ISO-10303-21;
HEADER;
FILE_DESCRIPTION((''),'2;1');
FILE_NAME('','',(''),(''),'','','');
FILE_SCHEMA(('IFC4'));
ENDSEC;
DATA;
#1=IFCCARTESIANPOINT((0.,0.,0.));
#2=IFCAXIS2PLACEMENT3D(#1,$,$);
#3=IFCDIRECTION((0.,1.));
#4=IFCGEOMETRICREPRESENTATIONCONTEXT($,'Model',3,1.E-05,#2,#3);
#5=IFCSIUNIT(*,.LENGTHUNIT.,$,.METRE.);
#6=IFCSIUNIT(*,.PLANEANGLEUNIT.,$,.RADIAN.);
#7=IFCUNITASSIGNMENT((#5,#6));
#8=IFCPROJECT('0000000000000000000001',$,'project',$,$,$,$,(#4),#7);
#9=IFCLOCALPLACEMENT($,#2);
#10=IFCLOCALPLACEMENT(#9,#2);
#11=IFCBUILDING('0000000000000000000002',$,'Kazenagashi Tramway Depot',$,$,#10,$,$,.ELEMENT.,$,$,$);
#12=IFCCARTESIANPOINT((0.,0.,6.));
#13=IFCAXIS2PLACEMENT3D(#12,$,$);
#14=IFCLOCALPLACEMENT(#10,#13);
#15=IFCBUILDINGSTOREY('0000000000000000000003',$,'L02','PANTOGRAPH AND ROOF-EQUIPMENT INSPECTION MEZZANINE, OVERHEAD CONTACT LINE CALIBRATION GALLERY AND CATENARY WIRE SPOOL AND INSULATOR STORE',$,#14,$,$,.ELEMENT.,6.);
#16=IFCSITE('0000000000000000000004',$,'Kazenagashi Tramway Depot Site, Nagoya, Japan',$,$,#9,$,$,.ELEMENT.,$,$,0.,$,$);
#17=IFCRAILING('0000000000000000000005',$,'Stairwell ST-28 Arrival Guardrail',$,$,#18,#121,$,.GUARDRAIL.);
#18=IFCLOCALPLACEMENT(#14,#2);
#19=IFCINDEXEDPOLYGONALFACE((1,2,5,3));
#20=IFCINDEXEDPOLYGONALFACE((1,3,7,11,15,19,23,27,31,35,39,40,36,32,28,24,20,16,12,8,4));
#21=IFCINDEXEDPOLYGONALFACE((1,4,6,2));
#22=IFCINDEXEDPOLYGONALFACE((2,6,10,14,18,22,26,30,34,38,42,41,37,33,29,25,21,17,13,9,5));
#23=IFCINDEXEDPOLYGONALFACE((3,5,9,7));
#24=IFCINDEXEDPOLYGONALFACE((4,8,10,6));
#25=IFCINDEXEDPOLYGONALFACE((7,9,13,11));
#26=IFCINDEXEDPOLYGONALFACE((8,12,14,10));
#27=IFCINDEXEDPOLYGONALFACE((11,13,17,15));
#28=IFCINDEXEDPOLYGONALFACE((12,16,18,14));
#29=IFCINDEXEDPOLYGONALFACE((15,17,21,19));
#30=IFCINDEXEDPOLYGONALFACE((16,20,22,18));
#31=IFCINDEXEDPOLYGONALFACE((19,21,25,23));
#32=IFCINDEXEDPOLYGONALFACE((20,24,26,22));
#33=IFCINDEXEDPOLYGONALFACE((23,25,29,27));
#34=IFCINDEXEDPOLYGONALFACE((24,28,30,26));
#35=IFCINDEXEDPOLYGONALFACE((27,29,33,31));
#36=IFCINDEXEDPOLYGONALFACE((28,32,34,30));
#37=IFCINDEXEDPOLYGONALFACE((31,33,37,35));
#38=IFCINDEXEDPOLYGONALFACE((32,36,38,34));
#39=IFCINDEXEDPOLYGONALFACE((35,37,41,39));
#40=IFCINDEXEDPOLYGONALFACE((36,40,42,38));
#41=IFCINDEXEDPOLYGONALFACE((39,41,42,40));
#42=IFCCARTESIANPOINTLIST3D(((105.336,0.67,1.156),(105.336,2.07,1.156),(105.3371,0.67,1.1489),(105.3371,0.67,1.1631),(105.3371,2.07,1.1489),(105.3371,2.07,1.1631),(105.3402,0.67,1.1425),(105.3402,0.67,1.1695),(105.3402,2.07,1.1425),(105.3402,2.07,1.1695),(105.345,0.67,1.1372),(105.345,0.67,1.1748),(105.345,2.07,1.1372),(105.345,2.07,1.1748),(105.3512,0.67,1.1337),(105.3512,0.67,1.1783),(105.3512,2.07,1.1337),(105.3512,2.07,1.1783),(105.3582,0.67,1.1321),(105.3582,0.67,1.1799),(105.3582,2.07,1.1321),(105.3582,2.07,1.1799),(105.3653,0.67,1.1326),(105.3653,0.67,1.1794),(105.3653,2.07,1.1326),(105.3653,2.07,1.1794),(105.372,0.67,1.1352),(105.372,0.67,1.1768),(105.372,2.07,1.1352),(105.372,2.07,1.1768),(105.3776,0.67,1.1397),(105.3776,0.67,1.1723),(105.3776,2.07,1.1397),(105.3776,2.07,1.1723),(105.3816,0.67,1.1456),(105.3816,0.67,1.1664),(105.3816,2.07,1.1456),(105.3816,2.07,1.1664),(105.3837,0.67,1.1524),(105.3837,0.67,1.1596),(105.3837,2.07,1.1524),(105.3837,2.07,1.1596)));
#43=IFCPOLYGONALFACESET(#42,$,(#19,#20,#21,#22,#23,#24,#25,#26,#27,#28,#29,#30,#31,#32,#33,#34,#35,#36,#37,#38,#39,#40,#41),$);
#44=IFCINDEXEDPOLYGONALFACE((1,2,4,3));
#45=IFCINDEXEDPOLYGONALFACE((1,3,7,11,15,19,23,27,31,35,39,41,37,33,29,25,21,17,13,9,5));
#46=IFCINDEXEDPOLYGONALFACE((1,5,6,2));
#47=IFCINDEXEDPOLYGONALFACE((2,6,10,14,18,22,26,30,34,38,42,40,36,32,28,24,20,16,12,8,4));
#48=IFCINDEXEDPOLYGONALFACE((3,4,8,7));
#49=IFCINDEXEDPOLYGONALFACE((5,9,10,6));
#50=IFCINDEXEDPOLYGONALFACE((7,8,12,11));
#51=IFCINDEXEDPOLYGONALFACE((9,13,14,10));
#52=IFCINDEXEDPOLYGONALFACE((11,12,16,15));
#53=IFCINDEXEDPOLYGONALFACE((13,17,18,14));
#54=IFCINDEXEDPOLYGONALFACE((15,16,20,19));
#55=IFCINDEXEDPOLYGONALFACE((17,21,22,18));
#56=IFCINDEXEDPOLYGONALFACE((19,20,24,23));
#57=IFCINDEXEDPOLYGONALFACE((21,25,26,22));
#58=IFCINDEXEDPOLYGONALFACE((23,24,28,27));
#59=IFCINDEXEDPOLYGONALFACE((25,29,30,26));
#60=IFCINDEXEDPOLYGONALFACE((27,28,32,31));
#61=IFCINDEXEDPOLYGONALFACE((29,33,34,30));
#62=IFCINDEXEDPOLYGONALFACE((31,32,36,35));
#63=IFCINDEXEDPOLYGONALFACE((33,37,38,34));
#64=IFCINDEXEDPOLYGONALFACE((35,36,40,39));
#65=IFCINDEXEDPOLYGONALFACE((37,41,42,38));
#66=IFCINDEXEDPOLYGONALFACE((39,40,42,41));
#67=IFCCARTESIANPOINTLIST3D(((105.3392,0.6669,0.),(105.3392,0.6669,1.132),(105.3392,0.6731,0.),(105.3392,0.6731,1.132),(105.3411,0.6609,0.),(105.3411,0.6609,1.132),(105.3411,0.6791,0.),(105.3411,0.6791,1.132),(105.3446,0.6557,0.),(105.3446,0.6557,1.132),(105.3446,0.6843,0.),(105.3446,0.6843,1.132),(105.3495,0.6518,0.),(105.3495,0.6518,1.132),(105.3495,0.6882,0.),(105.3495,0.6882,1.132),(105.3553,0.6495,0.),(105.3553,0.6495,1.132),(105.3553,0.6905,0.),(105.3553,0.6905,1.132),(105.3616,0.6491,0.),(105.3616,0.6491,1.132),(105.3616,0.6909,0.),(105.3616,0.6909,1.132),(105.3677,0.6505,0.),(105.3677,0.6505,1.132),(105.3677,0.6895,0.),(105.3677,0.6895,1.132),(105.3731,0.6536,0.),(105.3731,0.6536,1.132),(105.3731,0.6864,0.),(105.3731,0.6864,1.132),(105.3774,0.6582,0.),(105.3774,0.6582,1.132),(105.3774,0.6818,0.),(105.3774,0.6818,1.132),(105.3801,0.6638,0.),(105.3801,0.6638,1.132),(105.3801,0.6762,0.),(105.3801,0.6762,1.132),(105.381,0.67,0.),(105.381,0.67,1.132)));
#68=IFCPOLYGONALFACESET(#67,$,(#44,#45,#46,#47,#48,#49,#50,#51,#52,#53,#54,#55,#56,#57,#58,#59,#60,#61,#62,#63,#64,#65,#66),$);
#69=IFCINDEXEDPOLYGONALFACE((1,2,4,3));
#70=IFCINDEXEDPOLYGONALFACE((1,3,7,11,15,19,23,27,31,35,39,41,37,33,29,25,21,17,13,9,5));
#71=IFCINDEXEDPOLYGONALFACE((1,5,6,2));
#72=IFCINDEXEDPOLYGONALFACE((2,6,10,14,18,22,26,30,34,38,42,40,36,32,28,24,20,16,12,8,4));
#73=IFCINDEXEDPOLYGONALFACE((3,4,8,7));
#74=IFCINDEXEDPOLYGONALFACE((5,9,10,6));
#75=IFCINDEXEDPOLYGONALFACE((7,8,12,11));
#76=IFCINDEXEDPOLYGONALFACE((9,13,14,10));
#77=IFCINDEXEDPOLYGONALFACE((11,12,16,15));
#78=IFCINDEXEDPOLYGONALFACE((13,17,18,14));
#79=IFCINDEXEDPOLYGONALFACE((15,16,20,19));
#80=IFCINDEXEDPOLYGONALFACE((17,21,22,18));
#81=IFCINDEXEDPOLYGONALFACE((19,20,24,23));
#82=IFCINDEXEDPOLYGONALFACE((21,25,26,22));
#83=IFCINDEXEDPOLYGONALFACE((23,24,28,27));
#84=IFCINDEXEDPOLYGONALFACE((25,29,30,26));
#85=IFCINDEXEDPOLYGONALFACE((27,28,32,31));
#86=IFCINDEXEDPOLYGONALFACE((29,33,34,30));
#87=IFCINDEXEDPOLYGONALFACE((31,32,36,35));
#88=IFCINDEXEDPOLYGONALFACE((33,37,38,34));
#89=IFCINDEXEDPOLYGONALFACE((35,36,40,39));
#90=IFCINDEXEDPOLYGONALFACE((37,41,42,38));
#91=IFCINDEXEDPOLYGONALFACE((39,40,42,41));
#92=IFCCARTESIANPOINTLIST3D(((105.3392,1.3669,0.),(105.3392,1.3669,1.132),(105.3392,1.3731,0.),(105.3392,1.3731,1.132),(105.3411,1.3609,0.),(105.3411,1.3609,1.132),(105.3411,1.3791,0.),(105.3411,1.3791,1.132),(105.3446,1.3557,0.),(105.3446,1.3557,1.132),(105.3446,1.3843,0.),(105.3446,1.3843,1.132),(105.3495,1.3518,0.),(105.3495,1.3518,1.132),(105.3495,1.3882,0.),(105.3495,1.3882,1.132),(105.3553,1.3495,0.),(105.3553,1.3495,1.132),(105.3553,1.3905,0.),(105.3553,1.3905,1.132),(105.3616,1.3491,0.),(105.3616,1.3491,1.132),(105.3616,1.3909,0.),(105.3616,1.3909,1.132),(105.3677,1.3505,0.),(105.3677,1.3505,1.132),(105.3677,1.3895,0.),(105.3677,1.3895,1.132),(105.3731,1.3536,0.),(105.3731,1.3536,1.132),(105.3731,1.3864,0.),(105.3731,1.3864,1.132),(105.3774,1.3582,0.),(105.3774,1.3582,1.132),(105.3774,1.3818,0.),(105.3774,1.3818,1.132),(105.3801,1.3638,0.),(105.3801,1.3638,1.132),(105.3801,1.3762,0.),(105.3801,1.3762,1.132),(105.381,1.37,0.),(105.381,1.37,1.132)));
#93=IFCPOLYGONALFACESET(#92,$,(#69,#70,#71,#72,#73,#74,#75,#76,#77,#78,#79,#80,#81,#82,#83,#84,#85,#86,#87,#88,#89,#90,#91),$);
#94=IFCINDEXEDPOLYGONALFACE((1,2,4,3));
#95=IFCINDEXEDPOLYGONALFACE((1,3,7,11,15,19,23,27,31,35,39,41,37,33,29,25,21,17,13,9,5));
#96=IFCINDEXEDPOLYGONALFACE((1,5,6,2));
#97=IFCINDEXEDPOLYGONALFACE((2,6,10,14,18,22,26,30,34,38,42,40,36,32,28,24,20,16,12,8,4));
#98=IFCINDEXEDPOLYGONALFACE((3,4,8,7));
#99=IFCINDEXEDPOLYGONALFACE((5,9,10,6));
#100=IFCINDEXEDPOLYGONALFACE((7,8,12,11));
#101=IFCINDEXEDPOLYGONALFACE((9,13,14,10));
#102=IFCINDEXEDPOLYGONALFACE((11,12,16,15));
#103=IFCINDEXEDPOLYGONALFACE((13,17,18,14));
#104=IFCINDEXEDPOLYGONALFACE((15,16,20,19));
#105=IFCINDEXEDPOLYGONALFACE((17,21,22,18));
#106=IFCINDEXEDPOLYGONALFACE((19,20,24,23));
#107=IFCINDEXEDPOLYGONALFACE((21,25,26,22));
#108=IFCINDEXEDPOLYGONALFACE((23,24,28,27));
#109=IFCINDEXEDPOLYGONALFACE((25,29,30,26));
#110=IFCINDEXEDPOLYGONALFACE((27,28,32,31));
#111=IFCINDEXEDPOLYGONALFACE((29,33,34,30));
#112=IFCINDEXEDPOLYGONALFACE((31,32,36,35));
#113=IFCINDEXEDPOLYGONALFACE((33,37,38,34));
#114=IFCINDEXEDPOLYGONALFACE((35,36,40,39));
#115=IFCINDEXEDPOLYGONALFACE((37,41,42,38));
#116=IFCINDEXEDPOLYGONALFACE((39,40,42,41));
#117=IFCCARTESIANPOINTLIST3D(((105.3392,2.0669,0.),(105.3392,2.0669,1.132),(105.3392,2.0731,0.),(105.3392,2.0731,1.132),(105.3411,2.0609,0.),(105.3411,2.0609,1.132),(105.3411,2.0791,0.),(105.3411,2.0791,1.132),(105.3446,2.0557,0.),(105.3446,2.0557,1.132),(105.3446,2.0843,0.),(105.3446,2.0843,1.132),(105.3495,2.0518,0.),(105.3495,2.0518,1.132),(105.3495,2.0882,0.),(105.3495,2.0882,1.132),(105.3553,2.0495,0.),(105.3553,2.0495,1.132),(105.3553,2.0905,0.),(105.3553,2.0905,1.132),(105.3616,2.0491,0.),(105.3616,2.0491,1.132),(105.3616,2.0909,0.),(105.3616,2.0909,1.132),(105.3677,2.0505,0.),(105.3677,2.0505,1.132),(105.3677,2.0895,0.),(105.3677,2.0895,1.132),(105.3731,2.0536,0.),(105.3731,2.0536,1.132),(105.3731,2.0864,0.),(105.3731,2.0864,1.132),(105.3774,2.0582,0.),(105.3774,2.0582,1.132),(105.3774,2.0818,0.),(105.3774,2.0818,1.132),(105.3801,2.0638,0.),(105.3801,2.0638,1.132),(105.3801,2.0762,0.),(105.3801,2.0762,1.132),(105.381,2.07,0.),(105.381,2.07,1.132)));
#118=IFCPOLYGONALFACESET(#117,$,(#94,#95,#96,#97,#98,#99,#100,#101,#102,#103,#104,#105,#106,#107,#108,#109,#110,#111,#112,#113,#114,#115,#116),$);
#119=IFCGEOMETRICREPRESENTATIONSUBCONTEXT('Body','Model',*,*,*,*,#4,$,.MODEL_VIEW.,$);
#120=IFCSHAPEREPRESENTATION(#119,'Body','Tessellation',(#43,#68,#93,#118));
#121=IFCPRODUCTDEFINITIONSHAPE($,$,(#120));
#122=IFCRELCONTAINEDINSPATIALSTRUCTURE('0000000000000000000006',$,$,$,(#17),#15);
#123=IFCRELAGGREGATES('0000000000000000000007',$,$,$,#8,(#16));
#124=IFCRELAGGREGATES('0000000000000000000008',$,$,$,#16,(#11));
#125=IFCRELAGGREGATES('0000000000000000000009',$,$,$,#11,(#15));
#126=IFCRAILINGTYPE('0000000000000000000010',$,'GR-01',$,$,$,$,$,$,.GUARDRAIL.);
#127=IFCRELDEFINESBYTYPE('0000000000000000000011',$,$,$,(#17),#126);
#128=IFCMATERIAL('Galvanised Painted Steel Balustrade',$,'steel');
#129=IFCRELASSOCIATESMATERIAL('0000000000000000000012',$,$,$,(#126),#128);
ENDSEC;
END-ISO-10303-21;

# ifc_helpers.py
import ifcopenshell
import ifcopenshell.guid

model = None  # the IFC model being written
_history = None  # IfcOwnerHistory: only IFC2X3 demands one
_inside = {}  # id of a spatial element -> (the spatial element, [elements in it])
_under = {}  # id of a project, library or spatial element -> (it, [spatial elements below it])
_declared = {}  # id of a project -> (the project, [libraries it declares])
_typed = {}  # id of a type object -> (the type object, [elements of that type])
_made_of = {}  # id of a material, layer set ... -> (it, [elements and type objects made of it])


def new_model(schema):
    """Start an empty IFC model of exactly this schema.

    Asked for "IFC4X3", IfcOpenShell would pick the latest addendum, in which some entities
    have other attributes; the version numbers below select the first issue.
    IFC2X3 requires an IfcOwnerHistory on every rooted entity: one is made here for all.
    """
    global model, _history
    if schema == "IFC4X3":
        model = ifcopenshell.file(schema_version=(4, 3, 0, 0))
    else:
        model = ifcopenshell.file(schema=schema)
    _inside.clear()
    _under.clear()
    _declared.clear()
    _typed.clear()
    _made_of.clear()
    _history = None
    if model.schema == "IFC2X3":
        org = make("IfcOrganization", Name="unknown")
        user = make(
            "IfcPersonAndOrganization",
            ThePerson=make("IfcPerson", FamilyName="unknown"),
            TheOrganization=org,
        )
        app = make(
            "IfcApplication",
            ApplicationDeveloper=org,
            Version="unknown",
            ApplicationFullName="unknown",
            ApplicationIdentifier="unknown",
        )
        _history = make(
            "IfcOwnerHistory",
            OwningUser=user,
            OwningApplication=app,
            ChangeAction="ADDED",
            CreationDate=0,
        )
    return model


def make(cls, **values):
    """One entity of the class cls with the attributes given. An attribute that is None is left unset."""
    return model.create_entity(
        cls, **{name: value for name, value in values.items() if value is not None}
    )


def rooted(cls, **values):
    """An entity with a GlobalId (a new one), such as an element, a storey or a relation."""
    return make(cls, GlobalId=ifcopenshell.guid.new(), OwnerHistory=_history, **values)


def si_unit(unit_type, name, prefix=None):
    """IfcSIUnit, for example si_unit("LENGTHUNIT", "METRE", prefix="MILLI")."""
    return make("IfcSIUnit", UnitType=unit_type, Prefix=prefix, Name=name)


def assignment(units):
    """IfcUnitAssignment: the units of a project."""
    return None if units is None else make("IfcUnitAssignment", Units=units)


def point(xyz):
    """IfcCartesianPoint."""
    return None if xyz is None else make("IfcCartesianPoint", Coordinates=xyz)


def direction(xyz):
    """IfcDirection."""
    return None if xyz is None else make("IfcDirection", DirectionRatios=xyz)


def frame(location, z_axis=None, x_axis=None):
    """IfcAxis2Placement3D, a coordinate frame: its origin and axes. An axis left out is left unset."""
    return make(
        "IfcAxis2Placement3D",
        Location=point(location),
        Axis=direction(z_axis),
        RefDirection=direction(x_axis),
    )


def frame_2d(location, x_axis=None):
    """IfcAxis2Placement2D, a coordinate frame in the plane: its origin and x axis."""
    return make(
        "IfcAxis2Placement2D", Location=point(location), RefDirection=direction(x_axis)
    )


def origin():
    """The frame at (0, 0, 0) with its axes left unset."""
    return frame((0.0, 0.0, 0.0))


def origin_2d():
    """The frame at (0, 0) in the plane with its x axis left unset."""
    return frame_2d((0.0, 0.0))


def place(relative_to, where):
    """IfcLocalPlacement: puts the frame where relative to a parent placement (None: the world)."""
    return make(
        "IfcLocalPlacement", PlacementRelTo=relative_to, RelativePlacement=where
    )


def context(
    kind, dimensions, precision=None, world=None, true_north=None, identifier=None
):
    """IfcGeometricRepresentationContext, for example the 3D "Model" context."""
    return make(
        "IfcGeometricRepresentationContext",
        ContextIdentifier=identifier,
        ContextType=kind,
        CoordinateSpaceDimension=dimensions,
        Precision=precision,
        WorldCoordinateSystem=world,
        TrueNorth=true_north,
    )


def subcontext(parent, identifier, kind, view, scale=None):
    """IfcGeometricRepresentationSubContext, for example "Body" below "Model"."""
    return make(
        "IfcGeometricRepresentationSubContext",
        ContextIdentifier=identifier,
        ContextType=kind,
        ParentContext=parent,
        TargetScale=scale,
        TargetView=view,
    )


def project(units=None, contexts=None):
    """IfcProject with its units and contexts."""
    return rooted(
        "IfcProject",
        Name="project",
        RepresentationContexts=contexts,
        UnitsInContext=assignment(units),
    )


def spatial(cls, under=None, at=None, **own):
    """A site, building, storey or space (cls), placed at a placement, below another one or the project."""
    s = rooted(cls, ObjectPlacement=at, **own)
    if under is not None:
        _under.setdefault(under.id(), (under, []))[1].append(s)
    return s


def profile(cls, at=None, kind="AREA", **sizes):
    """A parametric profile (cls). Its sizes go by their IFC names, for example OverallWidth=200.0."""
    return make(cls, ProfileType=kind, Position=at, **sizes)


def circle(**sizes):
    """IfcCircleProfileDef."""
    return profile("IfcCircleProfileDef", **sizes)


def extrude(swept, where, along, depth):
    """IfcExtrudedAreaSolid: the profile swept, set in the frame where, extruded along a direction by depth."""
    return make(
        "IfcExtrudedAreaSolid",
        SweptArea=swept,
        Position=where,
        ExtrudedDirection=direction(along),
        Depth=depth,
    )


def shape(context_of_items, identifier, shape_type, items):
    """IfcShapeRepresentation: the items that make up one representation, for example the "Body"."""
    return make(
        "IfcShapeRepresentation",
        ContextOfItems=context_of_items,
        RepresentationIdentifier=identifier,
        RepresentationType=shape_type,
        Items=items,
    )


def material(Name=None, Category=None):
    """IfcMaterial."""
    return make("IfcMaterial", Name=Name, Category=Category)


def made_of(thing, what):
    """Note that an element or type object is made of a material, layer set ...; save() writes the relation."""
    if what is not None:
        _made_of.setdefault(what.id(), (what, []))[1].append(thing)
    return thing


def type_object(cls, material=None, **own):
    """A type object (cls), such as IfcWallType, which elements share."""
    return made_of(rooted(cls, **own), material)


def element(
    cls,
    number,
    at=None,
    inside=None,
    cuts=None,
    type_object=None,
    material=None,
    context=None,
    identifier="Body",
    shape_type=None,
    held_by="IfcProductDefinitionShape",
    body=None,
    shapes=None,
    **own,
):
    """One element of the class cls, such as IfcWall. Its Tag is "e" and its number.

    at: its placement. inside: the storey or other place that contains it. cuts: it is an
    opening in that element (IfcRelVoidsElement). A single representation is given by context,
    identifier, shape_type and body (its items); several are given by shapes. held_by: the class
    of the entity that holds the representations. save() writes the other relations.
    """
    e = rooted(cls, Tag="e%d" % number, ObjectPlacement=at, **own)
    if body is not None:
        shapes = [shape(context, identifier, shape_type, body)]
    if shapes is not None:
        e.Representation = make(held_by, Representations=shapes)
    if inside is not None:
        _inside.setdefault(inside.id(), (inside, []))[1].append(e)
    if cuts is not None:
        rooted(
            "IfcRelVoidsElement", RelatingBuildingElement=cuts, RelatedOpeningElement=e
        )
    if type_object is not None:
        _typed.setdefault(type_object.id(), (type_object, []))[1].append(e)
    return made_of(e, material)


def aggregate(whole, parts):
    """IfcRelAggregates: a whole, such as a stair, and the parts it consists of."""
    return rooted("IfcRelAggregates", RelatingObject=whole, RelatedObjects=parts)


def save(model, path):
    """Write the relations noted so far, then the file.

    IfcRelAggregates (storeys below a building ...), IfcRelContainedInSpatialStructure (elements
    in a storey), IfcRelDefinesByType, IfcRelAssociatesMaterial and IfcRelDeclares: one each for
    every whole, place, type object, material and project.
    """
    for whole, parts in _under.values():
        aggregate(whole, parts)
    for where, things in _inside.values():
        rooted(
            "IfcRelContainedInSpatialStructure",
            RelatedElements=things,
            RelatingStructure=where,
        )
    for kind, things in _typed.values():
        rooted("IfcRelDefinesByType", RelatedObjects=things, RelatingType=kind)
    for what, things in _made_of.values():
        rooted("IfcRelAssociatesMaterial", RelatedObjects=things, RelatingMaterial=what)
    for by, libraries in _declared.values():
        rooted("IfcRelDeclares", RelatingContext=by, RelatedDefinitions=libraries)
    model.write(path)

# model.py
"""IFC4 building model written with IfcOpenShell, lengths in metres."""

from ifc_helpers import new_model, si_unit, direction, frame, origin, origin_2d, place, context, subcontext, project, spatial, circle, extrude, material, type_object, element, save


model = new_model("IFC4")

# Units and contexts
model_context = context("Model", 3, precision=1e-05, world=origin(), true_north=direction((0.0, 1.0)))
body_context = subcontext(model_context, "Body", "Model", "MODEL_VIEW")
ifc_project = project(units=[si_unit("LENGTHUNIT", "METRE"), si_unit("PLANEANGLEUNIT", "RADIAN")], contexts=[model_context])

# Site, building, storey
site_placement = place(None, origin())
site = spatial("IfcSite", under=ifc_project, at=site_placement, Name="Kazenagashi Tramway Depot Site, Nagoya, Japan", CompositionType="ELEMENT", RefElevation=0.0)
building_placement = place(site_placement, origin())
building = spatial("IfcBuilding", under=site, at=building_placement, Name="Kazenagashi Tramway Depot", CompositionType="ELEMENT")
storey_placement = place(building_placement, frame((0.0, 0.0, 6.0)))
storey = spatial("IfcBuildingStorey", under=building, at=storey_placement, Name="L02", Description="PANTOGRAPH AND ROOF-EQUIPMENT INSPECTION MEZZANINE, OVERHEAD CONTACT LINE CALIBRATION GALLERY AND CATENARY WIRE SPOOL AND INSULATOR STORE", CompositionType="ELEMENT", Elevation=6.0)

# Railing
ifc_material_1 = material(Name="Galvanised Painted Steel Balustrade", Category="steel")
railing_type = type_object("IfcRailingType", Name="GR-01", PredefinedType="GUARDRAIL", material=ifc_material_1)
railing_placement = place(storey_placement, frame((105.36, 0.67, 0.0)))
element("IfcRailing", 1, at=railing_placement, inside=storey, type_object=railing_type, Name="Stairwell ST-28 Arrival Guardrail", PredefinedType="GUARDRAIL", context=body_context, shape_type="SweptSolid", body=[
    extrude(circle(Radius=0.024, at=origin_2d()), frame((0.0, 0.0, 1.156), z_axis=(0.0, 1.0, 0.0), x_axis=(-1.0, 0.0, 0.0)), (0.0, 0.0, 1.0), 1.4),
    extrude(circle(Radius=0.021, at=origin_2d()), origin(), (0.0, 0.0, 1.0), 1.132),
    extrude(circle(Radius=0.021, at=origin_2d()), frame((0.0, 0.7, 0.0)), (0.0, 0.0, 1.0), 1.132),
    extrude(circle(Radius=0.021, at=origin_2d()), frame((0.0, 1.4, 0.0)), (0.0, 0.0, 1.0), 1.132),
])

save(model, "model.ifc")
